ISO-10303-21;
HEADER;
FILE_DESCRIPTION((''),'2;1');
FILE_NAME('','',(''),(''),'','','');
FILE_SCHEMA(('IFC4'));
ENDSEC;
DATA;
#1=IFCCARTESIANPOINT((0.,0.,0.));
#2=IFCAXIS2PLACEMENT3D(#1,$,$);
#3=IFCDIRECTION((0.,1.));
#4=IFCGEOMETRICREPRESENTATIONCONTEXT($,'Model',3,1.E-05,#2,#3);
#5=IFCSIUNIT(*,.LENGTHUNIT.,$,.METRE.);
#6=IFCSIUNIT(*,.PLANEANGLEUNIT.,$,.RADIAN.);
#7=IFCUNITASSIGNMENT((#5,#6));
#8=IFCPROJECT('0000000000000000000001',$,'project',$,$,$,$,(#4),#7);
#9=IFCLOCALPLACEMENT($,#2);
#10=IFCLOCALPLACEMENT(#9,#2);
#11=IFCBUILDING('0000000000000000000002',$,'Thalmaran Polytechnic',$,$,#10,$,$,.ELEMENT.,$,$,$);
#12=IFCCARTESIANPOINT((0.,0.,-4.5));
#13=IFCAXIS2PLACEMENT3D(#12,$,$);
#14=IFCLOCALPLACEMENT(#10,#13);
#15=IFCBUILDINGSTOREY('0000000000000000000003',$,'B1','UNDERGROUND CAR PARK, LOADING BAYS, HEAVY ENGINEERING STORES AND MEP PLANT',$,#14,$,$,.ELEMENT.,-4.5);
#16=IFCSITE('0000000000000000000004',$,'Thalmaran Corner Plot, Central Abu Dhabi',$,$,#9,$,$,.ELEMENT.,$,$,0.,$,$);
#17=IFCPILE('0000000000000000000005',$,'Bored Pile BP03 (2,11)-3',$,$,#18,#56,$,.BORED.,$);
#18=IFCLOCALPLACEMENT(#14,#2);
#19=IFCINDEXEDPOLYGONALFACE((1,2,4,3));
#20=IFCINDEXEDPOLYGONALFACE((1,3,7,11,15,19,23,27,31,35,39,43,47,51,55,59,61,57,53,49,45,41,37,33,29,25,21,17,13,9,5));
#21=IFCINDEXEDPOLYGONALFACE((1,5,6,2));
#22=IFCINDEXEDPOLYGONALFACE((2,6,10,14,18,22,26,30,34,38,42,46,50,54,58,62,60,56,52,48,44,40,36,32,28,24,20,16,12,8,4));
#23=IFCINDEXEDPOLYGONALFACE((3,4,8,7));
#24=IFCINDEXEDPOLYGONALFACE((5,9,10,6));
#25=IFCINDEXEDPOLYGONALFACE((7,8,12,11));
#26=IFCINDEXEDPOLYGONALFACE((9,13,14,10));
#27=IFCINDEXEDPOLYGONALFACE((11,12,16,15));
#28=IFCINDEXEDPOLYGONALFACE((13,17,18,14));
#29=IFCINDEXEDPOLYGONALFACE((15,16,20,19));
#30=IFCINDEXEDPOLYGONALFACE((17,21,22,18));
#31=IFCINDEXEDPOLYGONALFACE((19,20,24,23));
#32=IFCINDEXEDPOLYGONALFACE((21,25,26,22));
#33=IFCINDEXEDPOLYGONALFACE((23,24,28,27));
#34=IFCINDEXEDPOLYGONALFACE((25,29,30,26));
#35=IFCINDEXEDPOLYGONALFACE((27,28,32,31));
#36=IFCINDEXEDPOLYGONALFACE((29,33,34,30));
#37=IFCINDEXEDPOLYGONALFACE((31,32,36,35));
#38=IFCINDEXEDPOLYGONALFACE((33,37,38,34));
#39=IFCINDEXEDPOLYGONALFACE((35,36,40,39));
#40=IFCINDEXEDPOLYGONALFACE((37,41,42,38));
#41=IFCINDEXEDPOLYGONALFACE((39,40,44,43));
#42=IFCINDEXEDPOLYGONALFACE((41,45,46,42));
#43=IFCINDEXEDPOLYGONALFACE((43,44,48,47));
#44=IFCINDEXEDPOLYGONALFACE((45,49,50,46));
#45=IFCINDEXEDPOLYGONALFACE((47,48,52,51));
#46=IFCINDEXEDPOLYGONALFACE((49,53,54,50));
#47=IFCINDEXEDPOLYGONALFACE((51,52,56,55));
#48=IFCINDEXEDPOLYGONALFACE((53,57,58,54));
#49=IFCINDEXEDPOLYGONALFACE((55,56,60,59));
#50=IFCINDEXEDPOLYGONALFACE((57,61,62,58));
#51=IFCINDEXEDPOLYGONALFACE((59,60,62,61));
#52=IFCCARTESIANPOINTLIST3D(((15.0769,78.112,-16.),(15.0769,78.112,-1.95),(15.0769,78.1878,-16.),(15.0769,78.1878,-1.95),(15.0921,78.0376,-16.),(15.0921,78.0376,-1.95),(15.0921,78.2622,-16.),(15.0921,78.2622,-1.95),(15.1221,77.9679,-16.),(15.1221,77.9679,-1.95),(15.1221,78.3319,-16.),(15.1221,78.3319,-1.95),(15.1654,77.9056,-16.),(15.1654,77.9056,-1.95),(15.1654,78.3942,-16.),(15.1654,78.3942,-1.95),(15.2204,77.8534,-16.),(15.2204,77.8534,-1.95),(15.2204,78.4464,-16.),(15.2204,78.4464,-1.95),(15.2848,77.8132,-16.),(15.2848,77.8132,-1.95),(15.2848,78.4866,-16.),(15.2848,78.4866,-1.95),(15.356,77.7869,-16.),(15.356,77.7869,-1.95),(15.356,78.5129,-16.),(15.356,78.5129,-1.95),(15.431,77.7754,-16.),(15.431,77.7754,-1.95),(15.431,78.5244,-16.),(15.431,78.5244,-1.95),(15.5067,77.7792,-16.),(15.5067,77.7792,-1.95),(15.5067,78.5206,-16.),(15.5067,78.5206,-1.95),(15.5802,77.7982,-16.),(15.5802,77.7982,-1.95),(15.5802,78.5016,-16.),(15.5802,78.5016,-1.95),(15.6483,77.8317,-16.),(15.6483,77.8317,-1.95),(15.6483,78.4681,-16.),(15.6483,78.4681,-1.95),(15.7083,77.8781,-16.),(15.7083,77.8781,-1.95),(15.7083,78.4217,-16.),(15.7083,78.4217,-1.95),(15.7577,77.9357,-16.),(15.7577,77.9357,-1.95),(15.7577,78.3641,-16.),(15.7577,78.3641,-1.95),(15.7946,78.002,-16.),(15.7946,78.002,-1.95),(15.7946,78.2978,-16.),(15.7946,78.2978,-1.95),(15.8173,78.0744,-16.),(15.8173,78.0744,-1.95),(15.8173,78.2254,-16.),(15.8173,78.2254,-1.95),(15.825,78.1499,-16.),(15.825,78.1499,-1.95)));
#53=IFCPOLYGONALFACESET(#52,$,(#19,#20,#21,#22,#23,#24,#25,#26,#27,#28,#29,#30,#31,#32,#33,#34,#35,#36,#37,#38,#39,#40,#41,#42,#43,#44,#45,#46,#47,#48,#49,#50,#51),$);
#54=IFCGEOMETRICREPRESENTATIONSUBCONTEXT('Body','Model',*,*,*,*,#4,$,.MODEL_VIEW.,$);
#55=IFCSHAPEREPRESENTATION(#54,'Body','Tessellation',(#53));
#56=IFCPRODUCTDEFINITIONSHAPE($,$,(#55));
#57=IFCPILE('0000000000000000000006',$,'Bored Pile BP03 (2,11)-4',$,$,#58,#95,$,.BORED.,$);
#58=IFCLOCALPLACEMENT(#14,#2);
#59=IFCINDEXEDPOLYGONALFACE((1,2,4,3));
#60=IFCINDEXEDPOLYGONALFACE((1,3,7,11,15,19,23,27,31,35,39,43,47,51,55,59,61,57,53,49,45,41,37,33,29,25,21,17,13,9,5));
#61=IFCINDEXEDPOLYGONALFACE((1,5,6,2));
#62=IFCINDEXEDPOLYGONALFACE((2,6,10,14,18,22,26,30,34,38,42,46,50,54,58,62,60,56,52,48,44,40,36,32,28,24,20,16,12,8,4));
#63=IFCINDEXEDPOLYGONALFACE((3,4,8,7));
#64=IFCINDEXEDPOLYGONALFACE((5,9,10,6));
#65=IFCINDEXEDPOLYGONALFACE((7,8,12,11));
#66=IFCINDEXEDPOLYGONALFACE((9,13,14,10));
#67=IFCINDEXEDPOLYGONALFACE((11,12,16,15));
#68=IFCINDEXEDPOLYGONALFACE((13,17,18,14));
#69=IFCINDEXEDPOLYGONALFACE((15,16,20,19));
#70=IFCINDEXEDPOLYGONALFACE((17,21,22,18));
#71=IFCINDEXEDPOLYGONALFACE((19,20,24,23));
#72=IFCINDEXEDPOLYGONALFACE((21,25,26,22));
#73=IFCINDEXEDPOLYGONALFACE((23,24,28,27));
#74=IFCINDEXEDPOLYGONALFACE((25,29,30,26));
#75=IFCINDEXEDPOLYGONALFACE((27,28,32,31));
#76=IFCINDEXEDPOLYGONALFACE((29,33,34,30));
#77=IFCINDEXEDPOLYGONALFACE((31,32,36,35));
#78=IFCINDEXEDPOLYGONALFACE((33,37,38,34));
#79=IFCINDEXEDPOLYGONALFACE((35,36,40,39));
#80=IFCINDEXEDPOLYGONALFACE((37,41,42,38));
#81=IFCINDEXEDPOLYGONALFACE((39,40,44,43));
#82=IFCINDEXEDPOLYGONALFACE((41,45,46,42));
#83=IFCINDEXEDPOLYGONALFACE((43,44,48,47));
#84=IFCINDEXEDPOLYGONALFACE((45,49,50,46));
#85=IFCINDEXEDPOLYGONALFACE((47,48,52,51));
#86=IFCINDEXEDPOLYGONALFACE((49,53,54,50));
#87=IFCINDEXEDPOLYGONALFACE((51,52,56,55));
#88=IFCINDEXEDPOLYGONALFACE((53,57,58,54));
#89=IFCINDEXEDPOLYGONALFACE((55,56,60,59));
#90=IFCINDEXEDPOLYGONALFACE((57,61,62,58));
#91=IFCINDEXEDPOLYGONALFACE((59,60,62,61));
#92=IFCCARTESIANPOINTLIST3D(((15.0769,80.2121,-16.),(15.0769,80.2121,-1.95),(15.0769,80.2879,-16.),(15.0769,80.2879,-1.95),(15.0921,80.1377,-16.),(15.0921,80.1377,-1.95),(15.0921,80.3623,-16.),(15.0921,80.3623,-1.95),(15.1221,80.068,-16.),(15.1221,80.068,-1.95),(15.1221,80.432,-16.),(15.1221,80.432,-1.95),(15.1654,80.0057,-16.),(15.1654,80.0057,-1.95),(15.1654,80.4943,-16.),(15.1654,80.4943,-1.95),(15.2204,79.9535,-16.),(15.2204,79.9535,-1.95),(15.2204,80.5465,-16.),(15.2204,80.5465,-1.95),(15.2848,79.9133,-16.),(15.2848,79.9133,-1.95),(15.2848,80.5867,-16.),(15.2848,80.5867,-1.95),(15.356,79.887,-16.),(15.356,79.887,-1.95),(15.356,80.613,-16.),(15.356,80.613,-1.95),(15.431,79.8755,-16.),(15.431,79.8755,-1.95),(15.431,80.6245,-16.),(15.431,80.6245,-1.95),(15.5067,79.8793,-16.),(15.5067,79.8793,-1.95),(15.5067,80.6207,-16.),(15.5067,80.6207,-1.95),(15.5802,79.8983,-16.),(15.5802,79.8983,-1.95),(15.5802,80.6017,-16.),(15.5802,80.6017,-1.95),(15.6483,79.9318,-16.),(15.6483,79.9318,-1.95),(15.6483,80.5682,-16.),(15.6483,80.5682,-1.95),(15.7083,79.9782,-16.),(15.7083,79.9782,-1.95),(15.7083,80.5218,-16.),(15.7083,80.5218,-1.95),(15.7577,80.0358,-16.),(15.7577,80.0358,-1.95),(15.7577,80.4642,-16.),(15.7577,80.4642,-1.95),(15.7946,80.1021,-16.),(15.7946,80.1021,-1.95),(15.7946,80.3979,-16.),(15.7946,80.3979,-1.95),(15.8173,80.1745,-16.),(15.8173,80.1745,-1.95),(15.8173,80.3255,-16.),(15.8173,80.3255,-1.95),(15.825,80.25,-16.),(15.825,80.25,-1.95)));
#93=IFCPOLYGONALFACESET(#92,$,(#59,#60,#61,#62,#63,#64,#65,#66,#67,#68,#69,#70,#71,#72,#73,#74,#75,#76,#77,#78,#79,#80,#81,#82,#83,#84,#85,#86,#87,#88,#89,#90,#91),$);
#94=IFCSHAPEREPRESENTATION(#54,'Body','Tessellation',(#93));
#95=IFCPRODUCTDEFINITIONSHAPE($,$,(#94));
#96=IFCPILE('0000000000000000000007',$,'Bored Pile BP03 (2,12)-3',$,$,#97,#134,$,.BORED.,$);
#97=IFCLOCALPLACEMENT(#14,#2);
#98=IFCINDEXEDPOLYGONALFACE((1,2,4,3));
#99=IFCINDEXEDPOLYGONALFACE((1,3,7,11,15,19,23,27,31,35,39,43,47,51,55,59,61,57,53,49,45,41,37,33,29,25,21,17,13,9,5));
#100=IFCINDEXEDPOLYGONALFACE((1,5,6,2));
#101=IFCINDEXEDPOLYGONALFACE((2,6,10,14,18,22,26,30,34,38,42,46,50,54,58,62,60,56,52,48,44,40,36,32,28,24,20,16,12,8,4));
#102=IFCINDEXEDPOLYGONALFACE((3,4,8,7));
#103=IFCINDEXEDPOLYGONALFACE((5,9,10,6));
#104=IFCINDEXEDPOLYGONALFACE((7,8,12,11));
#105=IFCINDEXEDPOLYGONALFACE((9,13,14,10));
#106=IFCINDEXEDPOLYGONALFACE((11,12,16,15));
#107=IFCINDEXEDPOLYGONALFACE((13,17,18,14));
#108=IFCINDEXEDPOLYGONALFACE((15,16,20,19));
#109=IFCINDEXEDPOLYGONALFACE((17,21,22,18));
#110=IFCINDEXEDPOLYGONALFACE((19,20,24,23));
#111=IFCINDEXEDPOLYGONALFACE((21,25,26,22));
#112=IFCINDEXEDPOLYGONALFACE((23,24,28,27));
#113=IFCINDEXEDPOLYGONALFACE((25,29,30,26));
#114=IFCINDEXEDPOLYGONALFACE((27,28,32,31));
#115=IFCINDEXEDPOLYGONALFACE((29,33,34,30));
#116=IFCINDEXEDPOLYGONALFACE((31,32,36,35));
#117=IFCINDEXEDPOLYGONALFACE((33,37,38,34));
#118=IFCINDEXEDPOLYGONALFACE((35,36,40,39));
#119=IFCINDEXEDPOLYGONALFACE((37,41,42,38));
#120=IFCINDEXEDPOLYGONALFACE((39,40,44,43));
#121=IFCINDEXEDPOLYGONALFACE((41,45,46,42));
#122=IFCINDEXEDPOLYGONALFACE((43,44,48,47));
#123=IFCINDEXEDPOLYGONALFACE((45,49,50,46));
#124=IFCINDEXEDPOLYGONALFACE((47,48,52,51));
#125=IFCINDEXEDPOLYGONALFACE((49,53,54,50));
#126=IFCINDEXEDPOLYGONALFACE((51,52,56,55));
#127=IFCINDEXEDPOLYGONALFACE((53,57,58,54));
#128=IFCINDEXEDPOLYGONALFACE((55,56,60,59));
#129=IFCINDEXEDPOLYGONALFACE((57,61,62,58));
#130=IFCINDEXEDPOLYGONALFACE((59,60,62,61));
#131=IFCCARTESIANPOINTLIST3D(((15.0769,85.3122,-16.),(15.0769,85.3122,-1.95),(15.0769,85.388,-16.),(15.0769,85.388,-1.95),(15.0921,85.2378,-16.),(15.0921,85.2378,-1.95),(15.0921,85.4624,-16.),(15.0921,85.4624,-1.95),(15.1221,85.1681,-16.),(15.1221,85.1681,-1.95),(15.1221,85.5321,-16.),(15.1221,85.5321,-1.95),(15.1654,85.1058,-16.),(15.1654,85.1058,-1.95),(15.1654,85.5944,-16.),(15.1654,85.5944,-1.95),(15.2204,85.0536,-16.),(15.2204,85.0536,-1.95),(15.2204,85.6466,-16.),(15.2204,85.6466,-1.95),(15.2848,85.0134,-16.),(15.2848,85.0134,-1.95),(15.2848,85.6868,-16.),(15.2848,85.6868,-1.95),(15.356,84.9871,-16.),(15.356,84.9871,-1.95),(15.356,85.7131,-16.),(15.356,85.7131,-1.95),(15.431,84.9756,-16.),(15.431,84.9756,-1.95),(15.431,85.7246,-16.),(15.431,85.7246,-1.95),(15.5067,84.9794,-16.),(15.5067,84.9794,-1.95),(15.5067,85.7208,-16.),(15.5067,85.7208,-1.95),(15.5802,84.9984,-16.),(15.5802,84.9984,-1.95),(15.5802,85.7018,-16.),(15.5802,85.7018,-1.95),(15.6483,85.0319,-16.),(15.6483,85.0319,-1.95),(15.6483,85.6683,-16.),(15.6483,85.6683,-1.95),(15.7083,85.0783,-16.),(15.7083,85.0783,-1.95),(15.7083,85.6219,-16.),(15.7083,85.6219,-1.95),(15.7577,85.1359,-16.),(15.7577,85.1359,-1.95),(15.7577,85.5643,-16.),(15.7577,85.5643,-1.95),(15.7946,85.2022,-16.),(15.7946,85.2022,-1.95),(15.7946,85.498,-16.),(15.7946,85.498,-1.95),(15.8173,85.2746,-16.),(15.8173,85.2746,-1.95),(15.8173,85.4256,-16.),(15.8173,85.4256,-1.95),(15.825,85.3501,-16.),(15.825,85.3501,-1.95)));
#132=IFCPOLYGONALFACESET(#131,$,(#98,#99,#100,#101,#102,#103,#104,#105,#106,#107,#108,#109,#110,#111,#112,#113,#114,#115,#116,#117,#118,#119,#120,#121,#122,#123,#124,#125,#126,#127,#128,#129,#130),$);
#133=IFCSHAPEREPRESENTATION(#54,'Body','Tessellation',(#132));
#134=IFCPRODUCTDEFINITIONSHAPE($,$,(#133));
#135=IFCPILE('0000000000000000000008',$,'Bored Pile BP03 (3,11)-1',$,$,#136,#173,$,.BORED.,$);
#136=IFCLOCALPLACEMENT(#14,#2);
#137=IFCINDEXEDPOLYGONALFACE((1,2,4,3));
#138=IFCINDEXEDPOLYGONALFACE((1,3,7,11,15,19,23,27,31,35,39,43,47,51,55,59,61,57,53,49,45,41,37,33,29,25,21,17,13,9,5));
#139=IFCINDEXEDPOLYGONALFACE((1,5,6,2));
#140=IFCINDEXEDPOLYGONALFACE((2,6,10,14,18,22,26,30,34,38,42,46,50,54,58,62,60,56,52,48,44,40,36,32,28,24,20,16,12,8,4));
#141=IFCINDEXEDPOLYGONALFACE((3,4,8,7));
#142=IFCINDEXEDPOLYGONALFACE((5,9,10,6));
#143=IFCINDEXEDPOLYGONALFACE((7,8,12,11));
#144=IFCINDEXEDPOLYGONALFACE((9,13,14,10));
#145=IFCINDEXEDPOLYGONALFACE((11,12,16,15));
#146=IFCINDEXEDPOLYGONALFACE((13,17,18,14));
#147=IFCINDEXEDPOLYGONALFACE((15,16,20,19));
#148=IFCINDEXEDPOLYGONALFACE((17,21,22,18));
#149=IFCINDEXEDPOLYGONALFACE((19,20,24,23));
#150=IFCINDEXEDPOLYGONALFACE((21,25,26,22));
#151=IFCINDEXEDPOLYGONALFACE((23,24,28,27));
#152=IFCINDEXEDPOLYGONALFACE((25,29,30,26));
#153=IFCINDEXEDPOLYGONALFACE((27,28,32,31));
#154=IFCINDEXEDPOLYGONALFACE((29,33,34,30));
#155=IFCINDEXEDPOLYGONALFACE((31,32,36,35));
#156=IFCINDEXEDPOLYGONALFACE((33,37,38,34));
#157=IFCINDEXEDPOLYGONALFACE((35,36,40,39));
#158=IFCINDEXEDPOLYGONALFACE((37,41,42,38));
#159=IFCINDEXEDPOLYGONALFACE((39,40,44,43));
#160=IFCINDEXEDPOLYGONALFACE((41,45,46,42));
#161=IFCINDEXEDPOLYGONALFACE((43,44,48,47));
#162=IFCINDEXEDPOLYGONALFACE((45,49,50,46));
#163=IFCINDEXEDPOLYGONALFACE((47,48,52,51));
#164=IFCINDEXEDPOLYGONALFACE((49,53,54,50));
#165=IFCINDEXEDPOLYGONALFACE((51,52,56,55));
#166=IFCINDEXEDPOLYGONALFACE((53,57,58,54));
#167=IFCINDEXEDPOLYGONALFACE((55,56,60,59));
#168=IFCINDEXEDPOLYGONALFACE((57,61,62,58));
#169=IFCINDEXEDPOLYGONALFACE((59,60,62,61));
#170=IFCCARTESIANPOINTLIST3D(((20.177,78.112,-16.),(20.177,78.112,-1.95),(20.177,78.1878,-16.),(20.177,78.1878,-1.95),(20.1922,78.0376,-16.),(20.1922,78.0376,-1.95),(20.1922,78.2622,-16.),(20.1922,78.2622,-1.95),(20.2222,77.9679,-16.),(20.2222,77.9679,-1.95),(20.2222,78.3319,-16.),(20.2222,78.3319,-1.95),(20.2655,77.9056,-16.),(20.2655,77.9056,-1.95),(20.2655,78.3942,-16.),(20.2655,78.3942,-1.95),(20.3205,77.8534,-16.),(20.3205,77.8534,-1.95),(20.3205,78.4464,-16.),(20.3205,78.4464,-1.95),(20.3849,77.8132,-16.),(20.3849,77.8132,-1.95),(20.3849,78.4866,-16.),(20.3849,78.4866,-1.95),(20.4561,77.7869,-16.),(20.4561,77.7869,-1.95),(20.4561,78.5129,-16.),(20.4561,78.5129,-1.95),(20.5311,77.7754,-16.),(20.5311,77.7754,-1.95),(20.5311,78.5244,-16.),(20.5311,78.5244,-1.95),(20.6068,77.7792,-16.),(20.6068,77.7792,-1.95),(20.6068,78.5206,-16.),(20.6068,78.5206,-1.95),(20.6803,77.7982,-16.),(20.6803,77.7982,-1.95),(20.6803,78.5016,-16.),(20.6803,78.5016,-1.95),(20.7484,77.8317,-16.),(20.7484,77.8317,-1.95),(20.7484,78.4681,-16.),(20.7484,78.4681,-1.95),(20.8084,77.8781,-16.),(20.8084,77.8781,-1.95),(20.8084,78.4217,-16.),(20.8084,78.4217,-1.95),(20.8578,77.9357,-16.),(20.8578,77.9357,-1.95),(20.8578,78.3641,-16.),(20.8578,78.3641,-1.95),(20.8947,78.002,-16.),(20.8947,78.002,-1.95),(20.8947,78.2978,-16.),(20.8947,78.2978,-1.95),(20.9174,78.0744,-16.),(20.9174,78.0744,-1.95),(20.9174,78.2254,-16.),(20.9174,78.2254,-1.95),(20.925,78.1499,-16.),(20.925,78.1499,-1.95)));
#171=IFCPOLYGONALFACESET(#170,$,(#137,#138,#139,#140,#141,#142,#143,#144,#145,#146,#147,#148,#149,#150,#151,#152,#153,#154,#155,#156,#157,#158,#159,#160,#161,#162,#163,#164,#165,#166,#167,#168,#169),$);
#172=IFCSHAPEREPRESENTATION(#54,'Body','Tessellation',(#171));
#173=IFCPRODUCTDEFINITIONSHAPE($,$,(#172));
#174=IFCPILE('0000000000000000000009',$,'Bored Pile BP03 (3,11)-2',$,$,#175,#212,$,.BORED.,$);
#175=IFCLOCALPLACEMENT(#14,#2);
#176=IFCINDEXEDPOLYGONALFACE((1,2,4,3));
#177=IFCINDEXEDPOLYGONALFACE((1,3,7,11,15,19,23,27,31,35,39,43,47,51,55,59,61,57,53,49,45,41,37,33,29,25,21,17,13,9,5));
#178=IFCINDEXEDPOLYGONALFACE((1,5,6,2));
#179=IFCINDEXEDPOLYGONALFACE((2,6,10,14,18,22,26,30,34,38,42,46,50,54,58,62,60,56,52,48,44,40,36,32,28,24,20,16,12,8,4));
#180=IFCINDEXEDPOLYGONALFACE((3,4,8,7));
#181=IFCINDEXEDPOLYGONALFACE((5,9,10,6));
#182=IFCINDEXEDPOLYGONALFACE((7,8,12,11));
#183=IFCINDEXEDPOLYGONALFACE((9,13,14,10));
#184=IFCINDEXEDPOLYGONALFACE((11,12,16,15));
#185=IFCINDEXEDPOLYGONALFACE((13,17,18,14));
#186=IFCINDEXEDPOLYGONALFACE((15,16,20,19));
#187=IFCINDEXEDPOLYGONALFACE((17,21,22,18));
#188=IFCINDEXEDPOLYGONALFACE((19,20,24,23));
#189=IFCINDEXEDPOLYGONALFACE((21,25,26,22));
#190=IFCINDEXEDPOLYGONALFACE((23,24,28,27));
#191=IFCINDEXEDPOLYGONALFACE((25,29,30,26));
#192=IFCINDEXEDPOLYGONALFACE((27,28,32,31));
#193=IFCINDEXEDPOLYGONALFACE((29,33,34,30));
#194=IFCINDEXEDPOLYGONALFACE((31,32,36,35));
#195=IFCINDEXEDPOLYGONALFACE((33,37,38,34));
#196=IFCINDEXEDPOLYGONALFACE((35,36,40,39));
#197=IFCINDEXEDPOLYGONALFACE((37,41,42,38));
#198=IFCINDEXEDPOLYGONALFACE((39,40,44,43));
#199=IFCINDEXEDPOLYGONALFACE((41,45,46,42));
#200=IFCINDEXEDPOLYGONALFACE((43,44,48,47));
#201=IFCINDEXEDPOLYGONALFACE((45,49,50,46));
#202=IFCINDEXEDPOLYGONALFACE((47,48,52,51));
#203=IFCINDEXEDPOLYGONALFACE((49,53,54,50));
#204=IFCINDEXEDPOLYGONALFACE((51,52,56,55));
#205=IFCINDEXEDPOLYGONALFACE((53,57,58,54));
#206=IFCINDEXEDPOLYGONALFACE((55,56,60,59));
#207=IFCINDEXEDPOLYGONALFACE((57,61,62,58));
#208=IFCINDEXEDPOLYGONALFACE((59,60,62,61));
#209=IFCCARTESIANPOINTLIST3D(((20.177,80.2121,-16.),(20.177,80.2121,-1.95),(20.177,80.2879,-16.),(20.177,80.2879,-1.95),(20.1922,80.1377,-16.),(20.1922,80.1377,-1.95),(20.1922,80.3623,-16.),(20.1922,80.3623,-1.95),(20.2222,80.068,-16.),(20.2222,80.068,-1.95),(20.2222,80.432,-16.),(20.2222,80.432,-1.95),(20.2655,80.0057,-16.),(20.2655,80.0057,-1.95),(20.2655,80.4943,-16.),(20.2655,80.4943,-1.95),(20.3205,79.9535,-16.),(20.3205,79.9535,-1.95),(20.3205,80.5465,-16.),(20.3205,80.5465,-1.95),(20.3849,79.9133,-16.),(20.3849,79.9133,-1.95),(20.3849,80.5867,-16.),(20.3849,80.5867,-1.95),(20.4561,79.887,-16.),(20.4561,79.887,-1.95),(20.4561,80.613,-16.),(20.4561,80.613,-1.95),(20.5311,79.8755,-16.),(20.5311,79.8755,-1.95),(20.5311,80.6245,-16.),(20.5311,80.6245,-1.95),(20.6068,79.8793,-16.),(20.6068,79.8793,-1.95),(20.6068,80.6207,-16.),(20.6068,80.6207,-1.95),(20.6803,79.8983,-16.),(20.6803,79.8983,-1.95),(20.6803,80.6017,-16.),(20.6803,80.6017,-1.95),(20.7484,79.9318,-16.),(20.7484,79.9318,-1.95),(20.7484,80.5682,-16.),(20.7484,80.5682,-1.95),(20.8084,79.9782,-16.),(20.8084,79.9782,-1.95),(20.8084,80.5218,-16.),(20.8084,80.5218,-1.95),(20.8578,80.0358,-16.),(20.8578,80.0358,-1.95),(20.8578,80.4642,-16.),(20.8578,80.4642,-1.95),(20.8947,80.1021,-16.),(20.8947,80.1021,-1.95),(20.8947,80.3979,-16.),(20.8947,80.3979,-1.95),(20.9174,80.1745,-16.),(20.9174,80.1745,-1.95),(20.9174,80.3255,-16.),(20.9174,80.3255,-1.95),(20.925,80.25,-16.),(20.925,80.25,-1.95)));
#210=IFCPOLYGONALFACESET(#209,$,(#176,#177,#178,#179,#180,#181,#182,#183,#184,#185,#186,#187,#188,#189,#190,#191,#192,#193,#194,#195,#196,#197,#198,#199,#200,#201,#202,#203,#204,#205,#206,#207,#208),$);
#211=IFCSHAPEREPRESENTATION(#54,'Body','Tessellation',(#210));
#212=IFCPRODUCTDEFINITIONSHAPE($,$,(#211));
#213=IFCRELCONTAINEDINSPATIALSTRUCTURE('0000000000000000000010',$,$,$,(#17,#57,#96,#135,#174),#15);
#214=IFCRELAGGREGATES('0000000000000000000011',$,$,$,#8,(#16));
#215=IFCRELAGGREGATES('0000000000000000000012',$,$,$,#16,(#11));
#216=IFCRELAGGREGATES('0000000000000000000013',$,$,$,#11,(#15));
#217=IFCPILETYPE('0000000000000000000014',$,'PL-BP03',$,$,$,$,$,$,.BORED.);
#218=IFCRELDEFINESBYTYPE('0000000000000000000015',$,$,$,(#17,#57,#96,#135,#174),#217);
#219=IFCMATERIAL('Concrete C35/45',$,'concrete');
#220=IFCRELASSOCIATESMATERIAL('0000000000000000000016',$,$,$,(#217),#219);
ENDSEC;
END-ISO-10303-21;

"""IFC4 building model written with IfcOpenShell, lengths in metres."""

from ifc_helpers import new_model, si_unit, direction, frame, origin, origin_2d, place, context, subcontext, project, spatial, circle, extrude, material, material_profile, profile_set, type_object, element, save


model = new_model("IFC4")

# Units and contexts
model_context = context("Model", 3, precision=1e-05, world=origin(), true_north=direction((0.0, 1.0)))
body_context = subcontext(model_context, "Body", "Model", "MODEL_VIEW")
ifc_project = project(units=[si_unit("LENGTHUNIT", "METRE"), si_unit("PLANEANGLEUNIT", "RADIAN")], contexts=[model_context])

# Site, building, storey
site_placement = place(None, origin())
site = spatial("IfcSite", under=ifc_project, at=site_placement, Name="Thalmaran Corner Plot, Central Abu Dhabi", CompositionType="ELEMENT", RefElevation=0.0)
building_placement = place(site_placement, origin())
building = spatial("IfcBuilding", under=site, at=building_placement, Name="Thalmaran Polytechnic", CompositionType="ELEMENT")
storey_placement = place(building_placement, frame((0.0, 0.0, -4.5)))
storey = spatial("IfcBuildingStorey", under=building, at=storey_placement, Name="B1", Description="UNDERGROUND CAR PARK, LOADING BAYS, HEAVY ENGINEERING STORES AND MEP PLANT", CompositionType="ELEMENT", Elevation=-4.5)

# Piles
ifc_material_1 = material(Name="Concrete C35/45", Category="concrete")
ifc_material_profile_1 = material_profile(ifc_material_1, circle(Radius=0.375, at=origin_2d()), Name="RC 750 DIA")
ifc_profile_set_1 = profile_set([ifc_material_profile_1], Name="Concrete C35/45")
pile_type_1 = type_object("IfcPileType", Name="PL-BP03", PredefinedType="BORED", material=ifc_profile_set_1)
for number, where, z_axis, x_axis, name in (
    (1, (15.45, 78.1499, -1.95), (0.0, 0.0, -1.0), (1.0, 0.0, 0.0), "Bored Pile BP03 (2,11)-3"),
    (2, (15.45, 80.25, -1.95), (0.0, 0.0, -1.0), (1.0, 0.0, 0.0), "Bored Pile BP03 (2,11)-4"),
    (3, (15.45, 85.3501, -1.95), (0.0, 0.0, -1.0), (1.0, 0.0, 0.0), "Bored Pile BP03 (2,12)-3"),
    (4, (20.55, 78.1499, -1.95), (0.0, 0.0, -1.0), (1.0, 0.0, 0.0), "Bored Pile BP03 (3,11)-1"),
    (5, (20.55, 80.25, -1.95), (0.0, 0.0, -1.0), (1.0, 0.0, 0.0), "Bored Pile BP03 (3,11)-2"),
):
    element("IfcPile", number, at=place(storey_placement, frame(where, z_axis=z_axis, x_axis=x_axis)), inside=storey, type_object=pile_type_1, Name=name, PredefinedType="BORED", context=body_context, shape_type="SweptSolid", body=[
        extrude(circle(Radius=0.375, at=origin_2d()), origin(), (0.0, 0.0, 1.0), 14.05),
    ])

save(model, "model.ifc")
